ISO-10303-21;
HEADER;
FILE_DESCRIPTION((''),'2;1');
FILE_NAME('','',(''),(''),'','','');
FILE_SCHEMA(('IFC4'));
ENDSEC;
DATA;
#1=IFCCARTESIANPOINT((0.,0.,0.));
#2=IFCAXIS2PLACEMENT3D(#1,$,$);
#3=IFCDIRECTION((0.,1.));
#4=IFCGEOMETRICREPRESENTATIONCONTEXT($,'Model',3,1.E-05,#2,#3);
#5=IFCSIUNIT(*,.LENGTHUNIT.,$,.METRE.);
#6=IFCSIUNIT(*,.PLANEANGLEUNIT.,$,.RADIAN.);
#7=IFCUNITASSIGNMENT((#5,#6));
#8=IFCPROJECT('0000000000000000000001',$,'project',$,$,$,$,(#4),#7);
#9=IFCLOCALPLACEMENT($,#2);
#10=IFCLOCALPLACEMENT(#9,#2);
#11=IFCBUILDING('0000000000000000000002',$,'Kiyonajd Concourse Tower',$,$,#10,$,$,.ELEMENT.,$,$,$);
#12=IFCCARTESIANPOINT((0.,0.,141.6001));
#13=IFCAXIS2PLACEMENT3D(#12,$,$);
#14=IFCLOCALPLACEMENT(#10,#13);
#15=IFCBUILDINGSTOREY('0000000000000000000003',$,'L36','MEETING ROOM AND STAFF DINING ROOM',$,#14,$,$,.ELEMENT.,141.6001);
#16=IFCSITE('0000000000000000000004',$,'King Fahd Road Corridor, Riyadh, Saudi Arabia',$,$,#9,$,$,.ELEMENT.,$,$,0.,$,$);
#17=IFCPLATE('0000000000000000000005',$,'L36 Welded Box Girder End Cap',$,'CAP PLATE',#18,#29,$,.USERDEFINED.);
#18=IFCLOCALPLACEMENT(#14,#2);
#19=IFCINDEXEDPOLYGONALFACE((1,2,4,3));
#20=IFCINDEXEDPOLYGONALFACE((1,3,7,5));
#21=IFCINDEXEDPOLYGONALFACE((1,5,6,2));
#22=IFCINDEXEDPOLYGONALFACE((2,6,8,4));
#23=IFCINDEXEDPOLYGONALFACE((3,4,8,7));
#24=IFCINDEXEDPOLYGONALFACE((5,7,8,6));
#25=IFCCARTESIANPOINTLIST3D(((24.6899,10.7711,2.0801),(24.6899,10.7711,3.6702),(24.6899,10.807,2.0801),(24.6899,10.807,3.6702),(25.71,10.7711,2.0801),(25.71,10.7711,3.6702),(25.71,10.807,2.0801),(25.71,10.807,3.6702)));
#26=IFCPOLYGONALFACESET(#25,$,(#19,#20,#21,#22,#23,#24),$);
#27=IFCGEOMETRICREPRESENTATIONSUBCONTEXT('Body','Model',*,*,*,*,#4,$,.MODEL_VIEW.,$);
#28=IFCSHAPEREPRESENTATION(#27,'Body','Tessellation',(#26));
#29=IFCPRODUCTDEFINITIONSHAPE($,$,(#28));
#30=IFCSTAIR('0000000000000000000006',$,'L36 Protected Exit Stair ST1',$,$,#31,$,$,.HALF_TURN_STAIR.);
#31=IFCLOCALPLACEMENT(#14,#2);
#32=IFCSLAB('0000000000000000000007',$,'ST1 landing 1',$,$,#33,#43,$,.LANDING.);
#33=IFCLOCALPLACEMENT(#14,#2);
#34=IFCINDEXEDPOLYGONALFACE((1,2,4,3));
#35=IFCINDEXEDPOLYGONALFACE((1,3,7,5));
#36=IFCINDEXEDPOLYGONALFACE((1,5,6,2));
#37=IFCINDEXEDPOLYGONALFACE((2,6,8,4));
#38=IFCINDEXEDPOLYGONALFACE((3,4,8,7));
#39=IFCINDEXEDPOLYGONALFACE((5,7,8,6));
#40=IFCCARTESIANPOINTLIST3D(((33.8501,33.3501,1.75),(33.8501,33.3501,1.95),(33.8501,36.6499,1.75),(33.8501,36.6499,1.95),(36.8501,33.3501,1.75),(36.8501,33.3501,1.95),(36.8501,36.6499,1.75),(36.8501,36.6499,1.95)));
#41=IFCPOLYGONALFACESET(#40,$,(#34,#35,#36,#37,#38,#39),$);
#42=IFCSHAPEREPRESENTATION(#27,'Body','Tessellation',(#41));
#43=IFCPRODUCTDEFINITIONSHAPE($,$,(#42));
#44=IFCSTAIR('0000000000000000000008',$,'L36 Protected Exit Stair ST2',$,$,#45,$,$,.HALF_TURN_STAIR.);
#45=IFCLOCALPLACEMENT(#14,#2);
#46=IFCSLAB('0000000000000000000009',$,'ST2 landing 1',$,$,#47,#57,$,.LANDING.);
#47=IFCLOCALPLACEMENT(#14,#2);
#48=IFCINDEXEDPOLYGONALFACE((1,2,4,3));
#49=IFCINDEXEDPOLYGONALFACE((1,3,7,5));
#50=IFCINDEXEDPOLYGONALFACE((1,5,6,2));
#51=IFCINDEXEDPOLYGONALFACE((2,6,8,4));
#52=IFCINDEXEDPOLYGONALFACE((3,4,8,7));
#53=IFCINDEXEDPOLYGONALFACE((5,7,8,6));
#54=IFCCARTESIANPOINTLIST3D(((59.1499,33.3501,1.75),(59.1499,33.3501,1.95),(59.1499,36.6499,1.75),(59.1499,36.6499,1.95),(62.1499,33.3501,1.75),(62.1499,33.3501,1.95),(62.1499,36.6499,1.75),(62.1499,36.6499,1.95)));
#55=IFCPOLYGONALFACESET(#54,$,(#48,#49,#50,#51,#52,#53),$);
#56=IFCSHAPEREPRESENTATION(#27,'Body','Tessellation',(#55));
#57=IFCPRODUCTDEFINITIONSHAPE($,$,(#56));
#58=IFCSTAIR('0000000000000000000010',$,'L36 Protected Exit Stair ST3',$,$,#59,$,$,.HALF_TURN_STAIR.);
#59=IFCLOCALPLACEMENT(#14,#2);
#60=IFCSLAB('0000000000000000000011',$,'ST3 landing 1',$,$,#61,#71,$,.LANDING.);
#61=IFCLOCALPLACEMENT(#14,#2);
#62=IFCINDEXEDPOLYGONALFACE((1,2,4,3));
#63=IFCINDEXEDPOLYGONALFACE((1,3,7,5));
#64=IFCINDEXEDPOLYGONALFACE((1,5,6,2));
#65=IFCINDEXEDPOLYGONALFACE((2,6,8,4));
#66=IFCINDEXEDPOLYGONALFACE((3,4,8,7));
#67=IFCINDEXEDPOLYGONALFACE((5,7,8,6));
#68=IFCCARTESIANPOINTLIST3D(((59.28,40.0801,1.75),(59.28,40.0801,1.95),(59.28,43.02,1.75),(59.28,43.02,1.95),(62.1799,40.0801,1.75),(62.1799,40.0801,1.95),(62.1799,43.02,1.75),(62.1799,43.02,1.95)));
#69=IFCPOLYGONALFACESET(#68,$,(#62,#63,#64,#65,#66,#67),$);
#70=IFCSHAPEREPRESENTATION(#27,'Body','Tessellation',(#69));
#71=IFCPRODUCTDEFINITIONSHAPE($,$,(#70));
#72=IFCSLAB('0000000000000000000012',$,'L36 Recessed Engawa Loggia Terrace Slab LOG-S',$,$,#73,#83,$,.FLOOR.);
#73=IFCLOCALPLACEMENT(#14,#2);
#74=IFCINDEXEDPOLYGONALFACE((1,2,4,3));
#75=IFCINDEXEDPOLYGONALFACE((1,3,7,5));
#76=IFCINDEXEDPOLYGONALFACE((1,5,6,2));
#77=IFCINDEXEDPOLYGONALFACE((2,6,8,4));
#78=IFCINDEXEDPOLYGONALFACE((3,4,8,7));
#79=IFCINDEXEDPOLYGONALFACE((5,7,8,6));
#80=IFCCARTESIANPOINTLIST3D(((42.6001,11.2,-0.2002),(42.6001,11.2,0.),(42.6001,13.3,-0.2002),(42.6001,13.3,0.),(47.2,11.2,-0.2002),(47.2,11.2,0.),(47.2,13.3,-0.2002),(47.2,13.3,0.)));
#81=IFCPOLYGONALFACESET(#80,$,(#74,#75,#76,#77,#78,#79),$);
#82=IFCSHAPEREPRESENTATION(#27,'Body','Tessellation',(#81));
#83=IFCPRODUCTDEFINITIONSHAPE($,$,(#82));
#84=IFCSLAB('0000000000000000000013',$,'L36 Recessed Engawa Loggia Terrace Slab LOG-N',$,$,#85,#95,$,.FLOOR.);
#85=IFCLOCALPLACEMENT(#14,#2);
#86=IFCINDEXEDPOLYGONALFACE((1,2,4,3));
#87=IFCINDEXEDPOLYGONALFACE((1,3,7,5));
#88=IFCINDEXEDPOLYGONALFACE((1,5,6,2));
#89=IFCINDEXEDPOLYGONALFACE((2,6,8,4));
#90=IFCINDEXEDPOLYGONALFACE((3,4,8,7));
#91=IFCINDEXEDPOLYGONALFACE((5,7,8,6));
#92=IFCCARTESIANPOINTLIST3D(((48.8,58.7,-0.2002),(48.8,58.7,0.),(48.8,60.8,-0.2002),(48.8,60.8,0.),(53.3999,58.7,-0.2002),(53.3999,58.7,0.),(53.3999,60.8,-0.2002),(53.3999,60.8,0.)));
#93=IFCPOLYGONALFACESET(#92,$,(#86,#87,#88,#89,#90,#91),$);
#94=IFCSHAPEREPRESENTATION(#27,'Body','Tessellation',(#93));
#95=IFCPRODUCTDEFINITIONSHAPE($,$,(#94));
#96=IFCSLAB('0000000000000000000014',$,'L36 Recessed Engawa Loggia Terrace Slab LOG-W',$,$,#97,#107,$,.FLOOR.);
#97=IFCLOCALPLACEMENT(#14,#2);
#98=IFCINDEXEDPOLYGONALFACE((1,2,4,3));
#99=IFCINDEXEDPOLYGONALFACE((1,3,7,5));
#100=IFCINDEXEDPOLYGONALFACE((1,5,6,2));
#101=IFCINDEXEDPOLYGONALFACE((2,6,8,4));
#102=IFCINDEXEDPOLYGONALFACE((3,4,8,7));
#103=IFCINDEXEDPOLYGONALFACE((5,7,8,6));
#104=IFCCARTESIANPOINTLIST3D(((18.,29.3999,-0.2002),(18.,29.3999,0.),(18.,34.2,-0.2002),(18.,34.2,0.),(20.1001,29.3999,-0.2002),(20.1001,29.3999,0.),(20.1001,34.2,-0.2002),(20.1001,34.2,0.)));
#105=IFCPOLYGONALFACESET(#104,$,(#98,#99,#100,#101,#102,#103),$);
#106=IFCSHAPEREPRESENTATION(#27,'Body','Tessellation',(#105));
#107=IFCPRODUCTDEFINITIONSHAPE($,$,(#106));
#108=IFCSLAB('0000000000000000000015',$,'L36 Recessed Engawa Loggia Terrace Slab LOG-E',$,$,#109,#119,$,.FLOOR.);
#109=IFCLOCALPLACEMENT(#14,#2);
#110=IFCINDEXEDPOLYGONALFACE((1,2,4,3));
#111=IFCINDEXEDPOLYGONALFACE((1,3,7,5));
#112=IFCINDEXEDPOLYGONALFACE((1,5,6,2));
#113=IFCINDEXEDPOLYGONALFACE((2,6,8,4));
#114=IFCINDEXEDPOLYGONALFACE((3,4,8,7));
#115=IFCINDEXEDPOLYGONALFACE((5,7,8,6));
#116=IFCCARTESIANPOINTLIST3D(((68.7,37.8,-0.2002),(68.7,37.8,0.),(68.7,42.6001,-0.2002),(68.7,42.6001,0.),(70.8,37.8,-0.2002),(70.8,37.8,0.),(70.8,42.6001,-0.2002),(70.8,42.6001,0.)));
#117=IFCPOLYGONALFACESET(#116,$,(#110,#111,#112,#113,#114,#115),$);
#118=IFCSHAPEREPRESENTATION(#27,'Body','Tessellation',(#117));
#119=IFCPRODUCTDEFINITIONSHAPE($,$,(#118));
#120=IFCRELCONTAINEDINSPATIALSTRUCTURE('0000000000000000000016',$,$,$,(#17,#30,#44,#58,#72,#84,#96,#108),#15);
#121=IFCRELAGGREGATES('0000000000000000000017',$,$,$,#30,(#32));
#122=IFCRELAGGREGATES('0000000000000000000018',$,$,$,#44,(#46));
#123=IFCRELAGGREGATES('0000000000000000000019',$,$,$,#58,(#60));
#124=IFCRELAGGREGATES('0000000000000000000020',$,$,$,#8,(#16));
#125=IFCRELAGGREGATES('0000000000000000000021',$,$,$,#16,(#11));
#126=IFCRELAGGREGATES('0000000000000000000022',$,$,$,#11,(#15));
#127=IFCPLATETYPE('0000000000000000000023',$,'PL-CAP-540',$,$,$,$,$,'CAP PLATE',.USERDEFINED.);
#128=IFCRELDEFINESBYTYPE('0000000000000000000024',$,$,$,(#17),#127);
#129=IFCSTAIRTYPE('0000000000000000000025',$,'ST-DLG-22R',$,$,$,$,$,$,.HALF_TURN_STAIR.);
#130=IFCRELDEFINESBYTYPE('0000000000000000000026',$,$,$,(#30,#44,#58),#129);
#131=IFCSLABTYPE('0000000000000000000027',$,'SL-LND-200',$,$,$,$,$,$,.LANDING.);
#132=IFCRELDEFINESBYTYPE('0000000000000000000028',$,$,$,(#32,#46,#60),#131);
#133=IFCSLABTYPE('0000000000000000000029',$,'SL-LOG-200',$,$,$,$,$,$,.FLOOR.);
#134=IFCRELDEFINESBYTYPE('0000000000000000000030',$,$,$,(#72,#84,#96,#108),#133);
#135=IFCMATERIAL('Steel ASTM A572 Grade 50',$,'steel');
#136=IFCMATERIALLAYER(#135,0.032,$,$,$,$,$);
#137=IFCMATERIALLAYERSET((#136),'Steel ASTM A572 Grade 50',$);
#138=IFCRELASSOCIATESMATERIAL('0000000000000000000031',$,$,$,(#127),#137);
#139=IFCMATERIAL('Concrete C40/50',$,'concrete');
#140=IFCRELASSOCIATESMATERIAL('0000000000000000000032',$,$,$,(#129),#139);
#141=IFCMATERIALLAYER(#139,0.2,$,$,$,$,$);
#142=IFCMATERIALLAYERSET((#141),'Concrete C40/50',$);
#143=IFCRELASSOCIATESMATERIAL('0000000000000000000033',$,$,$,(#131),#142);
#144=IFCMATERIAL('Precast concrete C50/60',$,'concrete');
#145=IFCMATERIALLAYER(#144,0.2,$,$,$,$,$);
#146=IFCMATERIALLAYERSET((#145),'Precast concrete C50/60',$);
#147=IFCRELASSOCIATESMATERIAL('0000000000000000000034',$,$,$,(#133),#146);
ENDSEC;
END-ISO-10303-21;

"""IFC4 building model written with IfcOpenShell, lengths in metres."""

from ifc_helpers import new_model, si_unit, direction, frame, origin, origin_2d, place, context, subcontext, project, spatial, polyline, rectangle, outline, extrude, material, layer, layer_set, type_object, element, aggregate, save


model = new_model("IFC4")

# Units and contexts
model_context = context("Model", 3, precision=1e-05, world=origin(), true_north=direction((0.0, 1.0)))
body_context = subcontext(model_context, "Body", "Model", "MODEL_VIEW")
ifc_project = project(units=[si_unit("LENGTHUNIT", "METRE"), si_unit("PLANEANGLEUNIT", "RADIAN")], contexts=[model_context])

# Site, building, storey
site_placement = place(None, origin())
site = spatial("IfcSite", under=ifc_project, at=site_placement, Name="King Fahd Road Corridor, Riyadh, Saudi Arabia", CompositionType="ELEMENT", RefElevation=0.0)
building_placement = place(site_placement, origin())
building = spatial("IfcBuilding", under=site, at=building_placement, Name="Kiyonajd Concourse Tower", CompositionType="ELEMENT")
storey_placement = place(building_placement, frame((0.0, 0.0, 141.6001)))
storey = spatial("IfcBuildingStorey", under=building, at=storey_placement, Name="L36", Description="MEETING ROOM AND STAFF DINING ROOM", CompositionType="ELEMENT", Elevation=141.6001)

# Shared definitions
ifc_material_1 = material(Name="Steel ASTM A572 Grade 50", Category="steel")

# Plate
ifc_layer_1 = layer(ifc_material_1, 0.032)
ifc_layer_set_1 = layer_set([ifc_layer_1], Name="Steel ASTM A572 Grade 50")
plate_type = type_object("IfcPlateType", Name="PL-CAP-540", ElementType="CAP PLATE", PredefinedType="USERDEFINED", material=ifc_layer_set_1)
for number, where, z_axis, x_axis, name in (
    (1, (25.2, 10.7891, 2.0801), (0.0, 0.0, 1.0), (0.0, -1.0, 0.0), "L36 Welded Box Girder End Cap"),
):
    element("IfcPlate", number, at=place(storey_placement, frame(where, z_axis=z_axis, x_axis=x_axis)), inside=storey, type_object=plate_type, Name=name, ObjectType="CAP PLATE", PredefinedType="USERDEFINED", context=body_context, shape_type="SweptSolid", body=[
        extrude(rectangle(XDim=0.0359, YDim=1.02, at=origin_2d()), origin(), (0.0, 0.0, 1.0), 1.5901),
    ])

# Stairs, slabs
ifc_material_2 = material(Name="Concrete C40/50", Category="concrete")
stair_type = type_object("IfcStairType", Name="ST-DLG-22R", PredefinedType="HALF_TURN_STAIR", material=ifc_material_2)
stair_1_placement = place(storey_placement, origin())
stair_1 = element("IfcStair", 2, at=stair_1_placement, inside=storey, type_object=stair_type, Name="L36 Protected Exit Stair ST1", PredefinedType="HALF_TURN_STAIR")
ifc_layer_2 = layer(ifc_material_2, 0.2)
ifc_layer_set_2 = layer_set([ifc_layer_2], Name="Concrete C40/50")
slab_type_1 = type_object("IfcSlabType", Name="SL-LND-200", PredefinedType="LANDING", material=ifc_layer_set_2)
slab_1_placement = place(storey_placement, frame((0.0, 0.0, 1.75)))
slab_1 = element("IfcSlab", 3, at=slab_1_placement, type_object=slab_type_1, Name="ST1 landing 1", PredefinedType="LANDING", context=body_context, shape_type="SweptSolid", body=[
    extrude(outline(polyline([(36.8501, 33.3501), (36.8501, 36.6499), (33.8501, 36.6499), (33.8501, 33.3501), (36.8501, 33.3501)])), origin(), (0.0, 0.0, 1.0), 0.2),
])
aggregate(stair_1, [slab_1])
stair_2_placement = place(storey_placement, origin())
stair_2 = element("IfcStair", 4, at=stair_2_placement, inside=storey, type_object=stair_type, Name="L36 Protected Exit Stair ST2", PredefinedType="HALF_TURN_STAIR")
slab_2_placement = place(storey_placement, frame((0.0, 0.0, 1.75)))
slab_2 = element("IfcSlab", 5, at=slab_2_placement, type_object=slab_type_1, Name="ST2 landing 1", PredefinedType="LANDING", context=body_context, shape_type="SweptSolid", body=[
    extrude(outline(polyline([(62.1499, 33.3501), (62.1499, 36.6499), (59.1499, 36.6499), (59.1499, 33.3501), (62.1499, 33.3501)])), origin(), (0.0, 0.0, 1.0), 0.2),
])
aggregate(stair_2, [slab_2])
stair_3_placement = place(storey_placement, origin())
stair_3 = element("IfcStair", 6, at=stair_3_placement, inside=storey, type_object=stair_type, Name="L36 Protected Exit Stair ST3", PredefinedType="HALF_TURN_STAIR")
slab_3_placement = place(storey_placement, frame((0.0, 0.0, 1.75)))
slab_3 = element("IfcSlab", 7, at=slab_3_placement, type_object=slab_type_1, Name="ST3 landing 1", PredefinedType="LANDING", context=body_context, shape_type="SweptSolid", body=[
    extrude(outline(polyline([(59.28, 40.0801), (62.1799, 40.0801), (62.1799, 43.02), (59.28, 43.02), (59.28, 40.0801)])), origin(), (0.0, 0.0, 1.0), 0.2),
])
aggregate(stair_3, [slab_3])

# Slabs
ifc_material_3 = material(Name="Precast concrete C50/60", Category="concrete")
ifc_layer_3 = layer(ifc_material_3, 0.2)
ifc_layer_set_3 = layer_set([ifc_layer_3], Name="Precast concrete C50/60")
slab_type_2 = type_object("IfcSlabType", Name="SL-LOG-200", PredefinedType="FLOOR", material=ifc_layer_set_3)
slab_4_placement = place(storey_placement, frame((0.0, 0.0, -0.2002)))
element("IfcSlab", 8, at=slab_4_placement, inside=storey, type_object=slab_type_2, Name="L36 Recessed Engawa Loggia Terrace Slab LOG-S", PredefinedType="FLOOR", context=body_context, shape_type="SweptSolid", body=[
    extrude(outline(polyline([(42.6001, 11.2), (47.2, 11.2), (47.2, 13.3), (42.6001, 13.3), (42.6001, 11.2)])), origin(), (0.0, 0.0, 1.0), 0.2002),
])
slab_5_placement = place(storey_placement, frame((0.0, 0.0, -0.2002)))
element("IfcSlab", 9, at=slab_5_placement, inside=storey, type_object=slab_type_2, Name="L36 Recessed Engawa Loggia Terrace Slab LOG-N", PredefinedType="FLOOR", context=body_context, shape_type="SweptSolid", body=[
    extrude(outline(polyline([(48.8, 58.7), (53.3999, 58.7), (53.3999, 60.8), (48.8, 60.8), (48.8, 58.7)])), origin(), (0.0, 0.0, 1.0), 0.2002),
])
slab_6_placement = place(storey_placement, frame((0.0, 0.0, -0.2002)))
element("IfcSlab", 10, at=slab_6_placement, inside=storey, type_object=slab_type_2, Name="L36 Recessed Engawa Loggia Terrace Slab LOG-W", PredefinedType="FLOOR", context=body_context, shape_type="SweptSolid", body=[
    extrude(outline(polyline([(18.0, 29.3999), (20.1001, 29.3999), (20.1001, 34.2), (18.0, 34.2), (18.0, 29.3999)])), origin(), (0.0, 0.0, 1.0), 0.2002),
])
slab_7_placement = place(storey_placement, frame((0.0, 0.0, -0.2002)))
element("IfcSlab", 11, at=slab_7_placement, inside=storey, type_object=slab_type_2, Name="L36 Recessed Engawa Loggia Terrace Slab LOG-E", PredefinedType="FLOOR", context=body_context, shape_type="SweptSolid", body=[
    extrude(outline(polyline([(68.7, 37.8), (70.8, 37.8), (70.8, 42.6001), (68.7, 42.6001), (68.7, 37.8)])), origin(), (0.0, 0.0, 1.0), 0.2002),
])

save(model, "model.ifc")
